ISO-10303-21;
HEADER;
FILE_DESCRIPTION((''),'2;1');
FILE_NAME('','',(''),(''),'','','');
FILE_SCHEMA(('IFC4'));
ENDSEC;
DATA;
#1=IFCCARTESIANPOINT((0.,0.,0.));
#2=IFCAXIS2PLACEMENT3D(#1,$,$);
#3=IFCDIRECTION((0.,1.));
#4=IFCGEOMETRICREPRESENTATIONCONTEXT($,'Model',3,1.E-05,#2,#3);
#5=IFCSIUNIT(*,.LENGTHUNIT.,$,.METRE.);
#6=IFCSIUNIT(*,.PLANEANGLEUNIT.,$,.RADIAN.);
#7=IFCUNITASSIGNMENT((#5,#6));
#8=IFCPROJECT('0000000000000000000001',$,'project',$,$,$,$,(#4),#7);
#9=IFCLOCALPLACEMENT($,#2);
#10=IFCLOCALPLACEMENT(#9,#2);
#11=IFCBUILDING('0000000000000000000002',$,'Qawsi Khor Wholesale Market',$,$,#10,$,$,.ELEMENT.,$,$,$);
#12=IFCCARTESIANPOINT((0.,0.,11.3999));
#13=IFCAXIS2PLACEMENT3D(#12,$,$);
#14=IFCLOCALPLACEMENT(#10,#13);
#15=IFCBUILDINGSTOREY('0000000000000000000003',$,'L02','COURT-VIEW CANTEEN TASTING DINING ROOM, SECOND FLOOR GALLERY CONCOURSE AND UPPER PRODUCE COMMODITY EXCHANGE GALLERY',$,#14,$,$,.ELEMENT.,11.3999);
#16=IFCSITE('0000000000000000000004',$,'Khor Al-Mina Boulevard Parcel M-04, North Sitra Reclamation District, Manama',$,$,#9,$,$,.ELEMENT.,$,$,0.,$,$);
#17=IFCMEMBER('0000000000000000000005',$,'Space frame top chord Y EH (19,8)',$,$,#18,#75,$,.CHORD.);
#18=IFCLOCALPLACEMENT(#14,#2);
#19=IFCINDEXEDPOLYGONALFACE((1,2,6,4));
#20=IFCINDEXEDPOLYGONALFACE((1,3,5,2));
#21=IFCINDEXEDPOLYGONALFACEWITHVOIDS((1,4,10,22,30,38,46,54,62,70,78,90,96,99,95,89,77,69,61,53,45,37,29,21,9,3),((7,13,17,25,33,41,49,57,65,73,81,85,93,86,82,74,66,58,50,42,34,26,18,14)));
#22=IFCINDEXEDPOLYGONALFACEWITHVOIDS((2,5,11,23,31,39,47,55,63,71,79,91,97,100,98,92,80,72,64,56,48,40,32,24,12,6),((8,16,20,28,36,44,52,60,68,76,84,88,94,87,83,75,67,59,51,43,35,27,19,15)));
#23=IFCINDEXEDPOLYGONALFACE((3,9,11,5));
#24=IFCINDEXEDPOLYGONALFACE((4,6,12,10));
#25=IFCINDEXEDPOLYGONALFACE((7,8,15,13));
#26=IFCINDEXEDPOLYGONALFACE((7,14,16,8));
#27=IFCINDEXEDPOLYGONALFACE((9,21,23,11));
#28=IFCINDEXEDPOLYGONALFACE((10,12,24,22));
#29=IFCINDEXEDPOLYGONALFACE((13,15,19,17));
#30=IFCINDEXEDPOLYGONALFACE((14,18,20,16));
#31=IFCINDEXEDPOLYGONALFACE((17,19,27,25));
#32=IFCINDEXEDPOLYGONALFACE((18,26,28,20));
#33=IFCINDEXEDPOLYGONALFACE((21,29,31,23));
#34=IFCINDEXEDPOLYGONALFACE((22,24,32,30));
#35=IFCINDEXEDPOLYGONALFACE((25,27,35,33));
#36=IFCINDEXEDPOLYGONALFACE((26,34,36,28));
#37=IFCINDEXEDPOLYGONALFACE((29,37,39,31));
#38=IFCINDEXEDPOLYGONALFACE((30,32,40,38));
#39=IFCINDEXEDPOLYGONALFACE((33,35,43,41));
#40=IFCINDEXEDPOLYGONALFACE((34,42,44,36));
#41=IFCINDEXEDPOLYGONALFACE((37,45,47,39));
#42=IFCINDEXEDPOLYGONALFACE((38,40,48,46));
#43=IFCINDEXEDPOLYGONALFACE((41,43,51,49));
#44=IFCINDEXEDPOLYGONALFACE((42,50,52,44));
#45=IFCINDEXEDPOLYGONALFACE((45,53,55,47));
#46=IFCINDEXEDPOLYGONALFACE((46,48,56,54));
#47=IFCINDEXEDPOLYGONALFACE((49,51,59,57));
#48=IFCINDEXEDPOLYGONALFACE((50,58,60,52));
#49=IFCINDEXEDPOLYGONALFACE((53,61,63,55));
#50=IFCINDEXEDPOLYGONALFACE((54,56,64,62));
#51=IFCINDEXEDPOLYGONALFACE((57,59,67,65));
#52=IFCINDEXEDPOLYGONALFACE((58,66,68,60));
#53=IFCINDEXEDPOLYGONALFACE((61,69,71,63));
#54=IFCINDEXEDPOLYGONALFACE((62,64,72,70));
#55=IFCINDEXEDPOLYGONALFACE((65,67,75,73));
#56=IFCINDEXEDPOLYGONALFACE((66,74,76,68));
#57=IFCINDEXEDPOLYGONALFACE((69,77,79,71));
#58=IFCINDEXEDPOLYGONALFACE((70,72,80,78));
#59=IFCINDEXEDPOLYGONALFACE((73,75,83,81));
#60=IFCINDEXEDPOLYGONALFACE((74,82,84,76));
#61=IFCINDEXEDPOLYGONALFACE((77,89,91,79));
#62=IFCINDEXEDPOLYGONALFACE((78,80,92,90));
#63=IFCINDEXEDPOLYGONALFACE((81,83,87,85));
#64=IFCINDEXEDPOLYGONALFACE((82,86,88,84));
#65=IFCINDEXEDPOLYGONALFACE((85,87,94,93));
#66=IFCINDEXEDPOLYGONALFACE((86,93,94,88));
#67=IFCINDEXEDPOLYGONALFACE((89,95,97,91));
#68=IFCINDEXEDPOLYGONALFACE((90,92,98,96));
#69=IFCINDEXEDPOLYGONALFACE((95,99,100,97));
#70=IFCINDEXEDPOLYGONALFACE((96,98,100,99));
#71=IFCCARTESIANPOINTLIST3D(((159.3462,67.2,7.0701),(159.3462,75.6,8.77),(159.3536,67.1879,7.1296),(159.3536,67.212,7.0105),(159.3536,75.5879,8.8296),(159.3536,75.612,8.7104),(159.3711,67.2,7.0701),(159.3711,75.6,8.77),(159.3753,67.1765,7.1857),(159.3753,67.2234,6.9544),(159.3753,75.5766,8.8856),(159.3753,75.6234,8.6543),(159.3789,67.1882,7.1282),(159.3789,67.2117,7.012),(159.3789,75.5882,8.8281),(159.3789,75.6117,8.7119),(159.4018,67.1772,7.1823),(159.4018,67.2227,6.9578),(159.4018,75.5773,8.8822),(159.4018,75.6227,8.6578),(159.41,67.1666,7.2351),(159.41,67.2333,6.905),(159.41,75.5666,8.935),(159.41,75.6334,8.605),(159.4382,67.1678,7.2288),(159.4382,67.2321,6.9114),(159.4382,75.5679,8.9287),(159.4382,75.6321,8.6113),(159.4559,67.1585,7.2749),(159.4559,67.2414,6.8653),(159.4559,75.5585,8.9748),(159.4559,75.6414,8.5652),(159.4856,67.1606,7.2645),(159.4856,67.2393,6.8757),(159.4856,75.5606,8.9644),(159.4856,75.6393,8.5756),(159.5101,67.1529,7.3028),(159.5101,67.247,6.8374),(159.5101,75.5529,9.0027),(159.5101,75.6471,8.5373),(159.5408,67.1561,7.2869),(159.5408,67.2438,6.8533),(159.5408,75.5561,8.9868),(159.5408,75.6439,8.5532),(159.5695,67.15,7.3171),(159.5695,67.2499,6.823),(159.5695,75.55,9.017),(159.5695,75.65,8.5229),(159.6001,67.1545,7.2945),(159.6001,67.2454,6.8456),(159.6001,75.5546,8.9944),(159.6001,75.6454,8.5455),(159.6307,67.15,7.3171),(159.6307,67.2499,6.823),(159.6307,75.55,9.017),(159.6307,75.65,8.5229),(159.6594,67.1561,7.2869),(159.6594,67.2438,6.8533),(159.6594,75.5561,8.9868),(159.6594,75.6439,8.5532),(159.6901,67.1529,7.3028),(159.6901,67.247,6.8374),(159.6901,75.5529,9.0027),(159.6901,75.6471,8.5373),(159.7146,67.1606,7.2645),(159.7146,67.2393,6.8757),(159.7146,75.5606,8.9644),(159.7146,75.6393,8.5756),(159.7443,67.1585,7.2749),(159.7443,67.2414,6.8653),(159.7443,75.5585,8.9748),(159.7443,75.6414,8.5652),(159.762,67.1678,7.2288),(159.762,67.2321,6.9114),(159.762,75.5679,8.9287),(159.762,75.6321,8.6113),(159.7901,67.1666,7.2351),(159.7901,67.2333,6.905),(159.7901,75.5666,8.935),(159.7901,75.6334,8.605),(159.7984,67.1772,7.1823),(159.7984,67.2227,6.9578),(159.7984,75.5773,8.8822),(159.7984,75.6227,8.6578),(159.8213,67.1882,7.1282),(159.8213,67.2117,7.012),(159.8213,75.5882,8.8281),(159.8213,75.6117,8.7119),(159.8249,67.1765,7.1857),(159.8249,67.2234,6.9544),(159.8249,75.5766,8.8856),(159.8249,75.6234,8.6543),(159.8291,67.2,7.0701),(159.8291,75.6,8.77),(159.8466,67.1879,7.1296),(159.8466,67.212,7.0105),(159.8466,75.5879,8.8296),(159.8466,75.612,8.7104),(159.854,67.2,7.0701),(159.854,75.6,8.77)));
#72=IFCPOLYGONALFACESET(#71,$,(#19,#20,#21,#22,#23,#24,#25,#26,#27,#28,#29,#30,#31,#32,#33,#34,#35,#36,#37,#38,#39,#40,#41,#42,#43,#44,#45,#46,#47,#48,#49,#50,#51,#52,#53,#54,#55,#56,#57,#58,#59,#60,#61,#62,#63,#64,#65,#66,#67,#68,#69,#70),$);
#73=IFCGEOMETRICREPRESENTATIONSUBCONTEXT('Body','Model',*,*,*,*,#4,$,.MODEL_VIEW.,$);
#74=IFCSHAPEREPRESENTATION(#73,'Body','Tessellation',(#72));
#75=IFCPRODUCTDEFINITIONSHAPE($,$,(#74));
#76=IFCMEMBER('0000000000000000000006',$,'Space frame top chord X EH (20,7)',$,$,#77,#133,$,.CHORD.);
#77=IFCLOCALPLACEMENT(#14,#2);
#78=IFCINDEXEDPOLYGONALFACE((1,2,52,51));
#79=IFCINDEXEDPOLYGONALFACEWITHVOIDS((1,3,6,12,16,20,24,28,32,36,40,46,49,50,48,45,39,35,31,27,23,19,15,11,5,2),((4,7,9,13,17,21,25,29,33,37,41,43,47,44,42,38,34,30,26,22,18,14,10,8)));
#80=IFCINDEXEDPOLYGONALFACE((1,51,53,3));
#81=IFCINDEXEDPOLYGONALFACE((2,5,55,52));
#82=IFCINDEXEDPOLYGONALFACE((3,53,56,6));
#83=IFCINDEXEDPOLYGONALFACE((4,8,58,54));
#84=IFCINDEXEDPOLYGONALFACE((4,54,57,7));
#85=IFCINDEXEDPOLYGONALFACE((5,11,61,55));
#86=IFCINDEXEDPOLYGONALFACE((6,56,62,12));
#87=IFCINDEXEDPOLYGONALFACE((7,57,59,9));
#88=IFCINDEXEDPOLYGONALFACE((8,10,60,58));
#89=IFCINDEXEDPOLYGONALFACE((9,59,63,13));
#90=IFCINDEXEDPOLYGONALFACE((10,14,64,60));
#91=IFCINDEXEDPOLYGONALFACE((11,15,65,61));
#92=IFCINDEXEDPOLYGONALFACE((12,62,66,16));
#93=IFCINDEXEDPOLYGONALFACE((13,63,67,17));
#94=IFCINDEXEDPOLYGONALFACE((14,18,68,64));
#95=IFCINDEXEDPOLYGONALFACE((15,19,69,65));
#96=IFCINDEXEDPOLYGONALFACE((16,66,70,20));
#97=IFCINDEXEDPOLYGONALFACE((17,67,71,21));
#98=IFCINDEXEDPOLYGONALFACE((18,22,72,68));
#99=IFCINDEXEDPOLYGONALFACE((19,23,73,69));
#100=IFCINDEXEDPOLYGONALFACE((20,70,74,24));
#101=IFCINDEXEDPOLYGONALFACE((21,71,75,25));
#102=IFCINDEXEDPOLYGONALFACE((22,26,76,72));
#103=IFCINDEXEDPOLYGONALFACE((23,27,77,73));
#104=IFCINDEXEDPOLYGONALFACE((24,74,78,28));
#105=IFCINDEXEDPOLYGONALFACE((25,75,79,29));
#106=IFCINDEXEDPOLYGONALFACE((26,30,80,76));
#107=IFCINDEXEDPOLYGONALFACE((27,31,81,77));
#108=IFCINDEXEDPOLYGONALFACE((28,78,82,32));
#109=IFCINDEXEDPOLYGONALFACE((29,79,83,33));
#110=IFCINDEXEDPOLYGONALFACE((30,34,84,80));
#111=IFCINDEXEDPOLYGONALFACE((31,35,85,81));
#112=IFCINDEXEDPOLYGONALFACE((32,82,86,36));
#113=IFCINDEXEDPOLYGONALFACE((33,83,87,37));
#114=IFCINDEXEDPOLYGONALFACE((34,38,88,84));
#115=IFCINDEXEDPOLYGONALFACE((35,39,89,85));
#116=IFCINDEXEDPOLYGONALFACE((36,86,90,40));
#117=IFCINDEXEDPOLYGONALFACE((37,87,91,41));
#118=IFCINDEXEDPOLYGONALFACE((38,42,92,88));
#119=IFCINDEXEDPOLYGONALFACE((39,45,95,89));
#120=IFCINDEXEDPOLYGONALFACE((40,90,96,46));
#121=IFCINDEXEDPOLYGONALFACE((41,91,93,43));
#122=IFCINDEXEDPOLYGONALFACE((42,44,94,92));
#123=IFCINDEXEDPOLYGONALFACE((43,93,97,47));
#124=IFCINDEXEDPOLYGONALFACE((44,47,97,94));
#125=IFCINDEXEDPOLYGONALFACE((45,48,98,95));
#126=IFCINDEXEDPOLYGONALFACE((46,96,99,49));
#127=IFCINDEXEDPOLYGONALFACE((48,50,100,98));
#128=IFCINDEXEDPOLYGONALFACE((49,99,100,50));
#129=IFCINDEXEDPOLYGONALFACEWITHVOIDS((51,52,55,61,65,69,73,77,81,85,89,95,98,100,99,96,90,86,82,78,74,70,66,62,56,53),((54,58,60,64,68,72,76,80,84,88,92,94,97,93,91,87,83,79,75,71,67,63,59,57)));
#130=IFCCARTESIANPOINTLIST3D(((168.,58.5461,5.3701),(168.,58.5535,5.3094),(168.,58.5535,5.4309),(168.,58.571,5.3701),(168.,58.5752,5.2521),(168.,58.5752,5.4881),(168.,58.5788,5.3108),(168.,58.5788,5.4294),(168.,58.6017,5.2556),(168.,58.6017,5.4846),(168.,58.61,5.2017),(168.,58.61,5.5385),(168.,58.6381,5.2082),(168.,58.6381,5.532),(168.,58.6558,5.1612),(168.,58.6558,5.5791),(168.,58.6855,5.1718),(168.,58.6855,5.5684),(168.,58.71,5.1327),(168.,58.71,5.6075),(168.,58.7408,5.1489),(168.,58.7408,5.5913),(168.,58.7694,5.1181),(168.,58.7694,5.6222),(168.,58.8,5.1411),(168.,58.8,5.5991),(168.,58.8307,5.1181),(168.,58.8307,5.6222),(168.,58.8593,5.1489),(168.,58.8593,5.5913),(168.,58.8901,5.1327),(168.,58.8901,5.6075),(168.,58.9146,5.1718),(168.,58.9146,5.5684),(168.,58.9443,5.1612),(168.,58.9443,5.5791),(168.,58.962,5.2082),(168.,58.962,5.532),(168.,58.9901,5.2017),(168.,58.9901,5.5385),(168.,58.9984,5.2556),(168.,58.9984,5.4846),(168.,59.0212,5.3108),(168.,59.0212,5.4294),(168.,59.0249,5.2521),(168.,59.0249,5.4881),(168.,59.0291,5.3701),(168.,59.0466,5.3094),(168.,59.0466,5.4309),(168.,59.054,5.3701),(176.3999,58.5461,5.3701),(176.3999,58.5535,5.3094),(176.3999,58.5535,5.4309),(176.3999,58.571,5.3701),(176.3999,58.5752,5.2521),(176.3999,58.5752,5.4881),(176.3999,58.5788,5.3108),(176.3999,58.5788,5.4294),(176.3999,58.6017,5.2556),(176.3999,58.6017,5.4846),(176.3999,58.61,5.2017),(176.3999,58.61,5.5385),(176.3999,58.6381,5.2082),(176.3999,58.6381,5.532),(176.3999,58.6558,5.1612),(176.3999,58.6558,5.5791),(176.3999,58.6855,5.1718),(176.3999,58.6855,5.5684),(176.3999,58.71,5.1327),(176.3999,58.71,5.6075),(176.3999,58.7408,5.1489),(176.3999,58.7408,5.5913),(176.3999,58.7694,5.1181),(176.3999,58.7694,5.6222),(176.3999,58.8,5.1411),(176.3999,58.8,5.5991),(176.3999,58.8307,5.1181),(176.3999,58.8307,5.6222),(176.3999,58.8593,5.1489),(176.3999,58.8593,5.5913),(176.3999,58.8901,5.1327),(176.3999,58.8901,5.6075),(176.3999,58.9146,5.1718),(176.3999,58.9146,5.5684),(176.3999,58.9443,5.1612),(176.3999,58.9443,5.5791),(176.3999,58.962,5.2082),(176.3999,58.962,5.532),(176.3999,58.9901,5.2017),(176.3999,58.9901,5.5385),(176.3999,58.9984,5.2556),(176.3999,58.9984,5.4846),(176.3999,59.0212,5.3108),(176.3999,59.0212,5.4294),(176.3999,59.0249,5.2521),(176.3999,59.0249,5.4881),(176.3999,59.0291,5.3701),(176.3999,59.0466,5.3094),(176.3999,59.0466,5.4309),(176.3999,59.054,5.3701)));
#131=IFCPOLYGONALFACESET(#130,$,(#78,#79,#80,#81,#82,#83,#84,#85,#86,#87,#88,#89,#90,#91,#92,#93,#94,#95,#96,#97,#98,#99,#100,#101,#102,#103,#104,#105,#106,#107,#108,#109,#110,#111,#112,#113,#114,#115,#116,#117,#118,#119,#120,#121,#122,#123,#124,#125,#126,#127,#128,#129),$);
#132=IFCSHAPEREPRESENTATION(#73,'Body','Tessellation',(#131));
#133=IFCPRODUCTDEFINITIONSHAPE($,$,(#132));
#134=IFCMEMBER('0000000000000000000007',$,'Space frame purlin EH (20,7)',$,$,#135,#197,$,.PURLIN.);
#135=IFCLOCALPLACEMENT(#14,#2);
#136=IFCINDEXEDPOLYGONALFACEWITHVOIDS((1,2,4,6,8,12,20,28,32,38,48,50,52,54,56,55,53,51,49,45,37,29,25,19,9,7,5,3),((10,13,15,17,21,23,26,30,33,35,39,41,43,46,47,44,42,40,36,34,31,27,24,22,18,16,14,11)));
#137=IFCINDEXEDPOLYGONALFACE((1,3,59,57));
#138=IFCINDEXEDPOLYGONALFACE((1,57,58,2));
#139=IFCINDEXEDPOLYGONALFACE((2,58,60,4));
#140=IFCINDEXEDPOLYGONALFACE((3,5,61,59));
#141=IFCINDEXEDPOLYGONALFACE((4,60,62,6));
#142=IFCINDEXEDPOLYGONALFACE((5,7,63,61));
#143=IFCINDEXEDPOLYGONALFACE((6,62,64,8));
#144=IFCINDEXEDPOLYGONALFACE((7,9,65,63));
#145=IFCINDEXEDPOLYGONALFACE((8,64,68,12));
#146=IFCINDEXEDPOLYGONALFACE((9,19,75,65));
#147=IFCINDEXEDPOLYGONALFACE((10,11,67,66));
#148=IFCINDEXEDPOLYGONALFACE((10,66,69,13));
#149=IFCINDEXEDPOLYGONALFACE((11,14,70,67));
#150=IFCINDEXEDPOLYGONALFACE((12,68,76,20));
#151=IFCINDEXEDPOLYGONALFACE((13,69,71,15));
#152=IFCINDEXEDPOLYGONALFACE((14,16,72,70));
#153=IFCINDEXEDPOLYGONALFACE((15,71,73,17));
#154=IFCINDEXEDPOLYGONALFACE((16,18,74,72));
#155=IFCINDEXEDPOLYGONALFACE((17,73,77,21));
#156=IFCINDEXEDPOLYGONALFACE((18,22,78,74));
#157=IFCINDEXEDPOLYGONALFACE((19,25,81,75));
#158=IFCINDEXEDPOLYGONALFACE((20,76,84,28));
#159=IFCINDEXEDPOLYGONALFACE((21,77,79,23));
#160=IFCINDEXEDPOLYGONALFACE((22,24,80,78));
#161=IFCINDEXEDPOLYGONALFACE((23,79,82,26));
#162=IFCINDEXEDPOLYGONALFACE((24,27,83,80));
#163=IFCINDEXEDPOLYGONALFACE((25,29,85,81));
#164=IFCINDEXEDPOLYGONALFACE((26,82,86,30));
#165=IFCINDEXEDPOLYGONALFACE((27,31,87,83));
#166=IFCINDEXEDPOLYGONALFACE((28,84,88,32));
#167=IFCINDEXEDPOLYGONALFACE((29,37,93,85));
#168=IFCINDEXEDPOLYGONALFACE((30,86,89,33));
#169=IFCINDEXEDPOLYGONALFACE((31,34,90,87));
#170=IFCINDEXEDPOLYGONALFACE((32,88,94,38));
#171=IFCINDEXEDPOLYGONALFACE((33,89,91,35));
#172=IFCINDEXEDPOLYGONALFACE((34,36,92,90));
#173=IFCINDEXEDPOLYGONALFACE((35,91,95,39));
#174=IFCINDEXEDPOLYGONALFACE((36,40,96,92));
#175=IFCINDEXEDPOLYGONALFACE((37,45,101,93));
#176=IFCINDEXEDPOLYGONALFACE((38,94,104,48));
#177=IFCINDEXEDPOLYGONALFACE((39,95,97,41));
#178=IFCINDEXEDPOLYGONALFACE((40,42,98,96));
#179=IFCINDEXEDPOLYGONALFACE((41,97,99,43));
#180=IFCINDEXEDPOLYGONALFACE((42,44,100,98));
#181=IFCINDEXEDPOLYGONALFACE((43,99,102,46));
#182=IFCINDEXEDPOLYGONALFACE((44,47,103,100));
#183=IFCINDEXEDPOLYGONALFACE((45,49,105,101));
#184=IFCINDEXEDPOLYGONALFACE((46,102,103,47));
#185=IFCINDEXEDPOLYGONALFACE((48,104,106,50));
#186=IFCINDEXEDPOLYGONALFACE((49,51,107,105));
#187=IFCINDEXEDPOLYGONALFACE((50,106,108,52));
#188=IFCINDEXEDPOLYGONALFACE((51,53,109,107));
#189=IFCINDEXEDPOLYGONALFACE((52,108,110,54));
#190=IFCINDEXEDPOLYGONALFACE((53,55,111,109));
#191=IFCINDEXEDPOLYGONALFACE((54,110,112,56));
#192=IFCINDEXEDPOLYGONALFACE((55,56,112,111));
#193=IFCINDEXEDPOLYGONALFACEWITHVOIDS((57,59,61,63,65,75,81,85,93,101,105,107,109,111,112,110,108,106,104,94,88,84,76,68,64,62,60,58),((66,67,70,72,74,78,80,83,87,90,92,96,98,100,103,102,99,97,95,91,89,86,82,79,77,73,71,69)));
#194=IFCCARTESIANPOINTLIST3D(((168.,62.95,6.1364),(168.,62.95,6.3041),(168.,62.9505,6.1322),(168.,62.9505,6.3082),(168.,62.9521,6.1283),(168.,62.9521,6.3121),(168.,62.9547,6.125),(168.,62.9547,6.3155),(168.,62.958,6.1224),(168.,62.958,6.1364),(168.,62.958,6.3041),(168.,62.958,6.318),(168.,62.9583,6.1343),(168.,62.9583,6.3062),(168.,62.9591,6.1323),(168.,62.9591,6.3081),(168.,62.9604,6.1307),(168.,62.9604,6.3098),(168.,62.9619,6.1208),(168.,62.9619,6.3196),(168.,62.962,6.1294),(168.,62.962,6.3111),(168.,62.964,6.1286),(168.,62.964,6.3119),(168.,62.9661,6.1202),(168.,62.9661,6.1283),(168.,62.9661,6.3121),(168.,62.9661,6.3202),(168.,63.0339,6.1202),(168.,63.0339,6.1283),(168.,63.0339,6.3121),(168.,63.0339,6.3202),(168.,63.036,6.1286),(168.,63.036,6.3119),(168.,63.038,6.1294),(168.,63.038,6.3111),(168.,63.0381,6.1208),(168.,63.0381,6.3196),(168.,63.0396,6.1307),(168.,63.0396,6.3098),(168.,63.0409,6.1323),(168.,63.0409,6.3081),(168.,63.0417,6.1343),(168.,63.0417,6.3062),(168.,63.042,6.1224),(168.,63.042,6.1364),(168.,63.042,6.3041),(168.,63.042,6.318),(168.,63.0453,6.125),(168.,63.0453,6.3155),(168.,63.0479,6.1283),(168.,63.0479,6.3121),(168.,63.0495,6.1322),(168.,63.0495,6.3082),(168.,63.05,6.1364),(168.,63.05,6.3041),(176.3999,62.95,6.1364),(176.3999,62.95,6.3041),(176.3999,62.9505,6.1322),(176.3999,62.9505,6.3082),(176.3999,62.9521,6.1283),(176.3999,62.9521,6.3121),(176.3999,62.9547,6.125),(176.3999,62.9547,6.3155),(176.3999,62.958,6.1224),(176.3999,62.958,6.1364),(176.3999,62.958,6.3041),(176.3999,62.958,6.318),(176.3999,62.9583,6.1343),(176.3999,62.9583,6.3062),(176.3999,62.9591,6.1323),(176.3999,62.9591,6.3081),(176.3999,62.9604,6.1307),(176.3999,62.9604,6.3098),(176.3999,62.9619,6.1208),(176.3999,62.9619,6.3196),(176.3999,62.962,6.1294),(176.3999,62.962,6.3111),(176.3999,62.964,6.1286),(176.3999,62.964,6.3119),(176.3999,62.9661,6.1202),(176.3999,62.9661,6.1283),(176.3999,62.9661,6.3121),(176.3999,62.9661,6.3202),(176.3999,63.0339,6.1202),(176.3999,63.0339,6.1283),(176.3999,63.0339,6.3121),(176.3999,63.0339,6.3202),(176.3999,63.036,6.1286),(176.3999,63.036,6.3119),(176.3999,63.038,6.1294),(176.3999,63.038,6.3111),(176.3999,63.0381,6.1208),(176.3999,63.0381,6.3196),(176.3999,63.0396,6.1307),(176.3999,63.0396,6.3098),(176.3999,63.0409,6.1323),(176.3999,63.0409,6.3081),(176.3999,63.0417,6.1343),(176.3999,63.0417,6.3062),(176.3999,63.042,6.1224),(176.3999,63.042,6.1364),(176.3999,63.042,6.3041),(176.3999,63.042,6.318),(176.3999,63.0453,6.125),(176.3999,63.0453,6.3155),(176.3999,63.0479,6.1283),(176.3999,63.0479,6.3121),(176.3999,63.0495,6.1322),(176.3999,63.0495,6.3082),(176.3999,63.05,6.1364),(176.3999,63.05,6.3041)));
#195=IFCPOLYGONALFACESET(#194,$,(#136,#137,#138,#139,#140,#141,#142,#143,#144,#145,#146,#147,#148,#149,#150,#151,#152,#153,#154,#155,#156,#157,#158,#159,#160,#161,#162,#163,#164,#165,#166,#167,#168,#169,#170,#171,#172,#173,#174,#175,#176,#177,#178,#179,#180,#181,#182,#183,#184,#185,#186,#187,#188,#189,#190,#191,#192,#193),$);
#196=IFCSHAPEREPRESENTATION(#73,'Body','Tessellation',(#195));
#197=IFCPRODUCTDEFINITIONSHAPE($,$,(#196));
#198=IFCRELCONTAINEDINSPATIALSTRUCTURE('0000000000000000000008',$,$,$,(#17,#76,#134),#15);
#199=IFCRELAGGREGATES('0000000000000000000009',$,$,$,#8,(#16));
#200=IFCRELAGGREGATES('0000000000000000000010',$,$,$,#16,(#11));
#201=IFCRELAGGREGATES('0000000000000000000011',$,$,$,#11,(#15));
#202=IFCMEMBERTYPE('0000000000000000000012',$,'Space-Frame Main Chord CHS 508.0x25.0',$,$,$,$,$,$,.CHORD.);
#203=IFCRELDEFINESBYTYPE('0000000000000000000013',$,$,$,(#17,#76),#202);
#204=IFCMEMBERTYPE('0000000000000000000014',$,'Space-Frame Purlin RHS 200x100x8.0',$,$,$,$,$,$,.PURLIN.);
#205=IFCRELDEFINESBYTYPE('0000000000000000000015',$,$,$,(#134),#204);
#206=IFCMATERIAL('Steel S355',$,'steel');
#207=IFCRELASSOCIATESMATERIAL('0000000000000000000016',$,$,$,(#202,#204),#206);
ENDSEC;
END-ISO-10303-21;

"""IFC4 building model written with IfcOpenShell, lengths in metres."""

from ifc_helpers import new_model, si_unit, direction, frame, origin, origin_2d, place, context, subcontext, project, spatial, hollow_rectangle, hollow_circle, extrude, material, material_profile, profile_set, type_object, element, save


model = new_model("IFC4")

# Units and contexts
model_context = context("Model", 3, precision=1e-05, world=origin(), true_north=direction((0.0, 1.0)))
body_context = subcontext(model_context, "Body", "Model", "MODEL_VIEW")
ifc_project = project(units=[si_unit("LENGTHUNIT", "METRE"), si_unit("PLANEANGLEUNIT", "RADIAN")], contexts=[model_context])

# Site, building, storey
site_placement = place(None, origin())
site = spatial("IfcSite", under=ifc_project, at=site_placement, Name="Khor Al-Mina Boulevard Parcel M-04, North Sitra Reclamation District, Manama", CompositionType="ELEMENT", RefElevation=0.0)
building_placement = place(site_placement, origin())
building = spatial("IfcBuilding", under=site, at=building_placement, Name="Qawsi Khor Wholesale Market", CompositionType="ELEMENT")
storey_placement = place(building_placement, frame((0.0, 0.0, 11.3999)))
storey = spatial("IfcBuildingStorey", under=building, at=storey_placement, Name="L02", Description="COURT-VIEW CANTEEN TASTING DINING ROOM, SECOND FLOOR GALLERY CONCOURSE AND UPPER PRODUCE COMMODITY EXCHANGE GALLERY", CompositionType="ELEMENT", Elevation=11.3999)

# Members
ifc_material_1 = material(Name="Steel S355", Category="steel")
ifc_material_profile_1 = material_profile(ifc_material_1, hollow_circle(Radius=0.2539, WallThickness=0.0249, at=origin_2d()), Name="CHS 508.0x25.0")
ifc_profile_set_1 = profile_set([ifc_material_profile_1], Name="Steel S355")
member_type_1 = type_object("IfcMemberType", Name="Space-Frame Main Chord CHS 508.0x25.0", PredefinedType="CHORD", material=ifc_profile_set_1)
member_1_placement = place(storey_placement, frame((159.6001, 67.2, 7.0701), z_axis=(0.0, 0.980131, 0.198351), x_axis=(-1.0, 0.0, 0.0)))
element("IfcMember", 1, at=member_1_placement, inside=storey, type_object=member_type_1, Name="Space frame top chord Y EH (19,8)", PredefinedType="CHORD", context=body_context, shape_type="SweptSolid", body=[
    extrude(hollow_circle(Radius=0.2539, WallThickness=0.0249, at=origin_2d()), origin(), (0.0, 0.0, 1.0), 8.5703),
])
member_2_placement = place(storey_placement, frame((168.0, 58.8, 5.3701), z_axis=(1.0, 0.0, 0.0), x_axis=(0.0, 1.0, 0.0)))
element("IfcMember", 2, at=member_2_placement, inside=storey, type_object=member_type_1, Name="Space frame top chord X EH (20,7)", PredefinedType="CHORD", context=body_context, shape_type="SweptSolid", body=[
    extrude(hollow_circle(Radius=0.2539, WallThickness=0.0249, at=origin_2d()), origin(), (0.0, 0.0, 1.0), 8.3999),
])
ifc_material_profile_2 = material_profile(ifc_material_1, hollow_rectangle(XDim=0.1001, YDim=0.2, WallThickness=0.0081, InnerFilletRadius=0.0081, OuterFilletRadius=0.0161, at=origin_2d()), Name="RHS 200x100x8.0")
ifc_profile_set_2 = profile_set([ifc_material_profile_2], Name="Steel S355")
member_type_2 = type_object("IfcMemberType", Name="Space-Frame Purlin RHS 200x100x8.0", PredefinedType="PURLIN", material=ifc_profile_set_2)
member_3_placement = place(storey_placement, frame((168.0, 63.0, 6.2202), z_axis=(1.0, 0.0, 0.0), x_axis=(0.0, 1.0, 0.0)))
element("IfcMember", 3, at=member_3_placement, inside=storey, type_object=member_type_2, Name="Space frame purlin EH (20,7)", PredefinedType="PURLIN", context=body_context, shape_type="SweptSolid", body=[
    extrude(hollow_rectangle(XDim=0.1001, YDim=0.2, WallThickness=0.0081, InnerFilletRadius=0.0081, OuterFilletRadius=0.0161, at=origin_2d()), origin(), (0.0, 0.0, 1.0), 8.3999),
])

save(model, "model.ifc")
